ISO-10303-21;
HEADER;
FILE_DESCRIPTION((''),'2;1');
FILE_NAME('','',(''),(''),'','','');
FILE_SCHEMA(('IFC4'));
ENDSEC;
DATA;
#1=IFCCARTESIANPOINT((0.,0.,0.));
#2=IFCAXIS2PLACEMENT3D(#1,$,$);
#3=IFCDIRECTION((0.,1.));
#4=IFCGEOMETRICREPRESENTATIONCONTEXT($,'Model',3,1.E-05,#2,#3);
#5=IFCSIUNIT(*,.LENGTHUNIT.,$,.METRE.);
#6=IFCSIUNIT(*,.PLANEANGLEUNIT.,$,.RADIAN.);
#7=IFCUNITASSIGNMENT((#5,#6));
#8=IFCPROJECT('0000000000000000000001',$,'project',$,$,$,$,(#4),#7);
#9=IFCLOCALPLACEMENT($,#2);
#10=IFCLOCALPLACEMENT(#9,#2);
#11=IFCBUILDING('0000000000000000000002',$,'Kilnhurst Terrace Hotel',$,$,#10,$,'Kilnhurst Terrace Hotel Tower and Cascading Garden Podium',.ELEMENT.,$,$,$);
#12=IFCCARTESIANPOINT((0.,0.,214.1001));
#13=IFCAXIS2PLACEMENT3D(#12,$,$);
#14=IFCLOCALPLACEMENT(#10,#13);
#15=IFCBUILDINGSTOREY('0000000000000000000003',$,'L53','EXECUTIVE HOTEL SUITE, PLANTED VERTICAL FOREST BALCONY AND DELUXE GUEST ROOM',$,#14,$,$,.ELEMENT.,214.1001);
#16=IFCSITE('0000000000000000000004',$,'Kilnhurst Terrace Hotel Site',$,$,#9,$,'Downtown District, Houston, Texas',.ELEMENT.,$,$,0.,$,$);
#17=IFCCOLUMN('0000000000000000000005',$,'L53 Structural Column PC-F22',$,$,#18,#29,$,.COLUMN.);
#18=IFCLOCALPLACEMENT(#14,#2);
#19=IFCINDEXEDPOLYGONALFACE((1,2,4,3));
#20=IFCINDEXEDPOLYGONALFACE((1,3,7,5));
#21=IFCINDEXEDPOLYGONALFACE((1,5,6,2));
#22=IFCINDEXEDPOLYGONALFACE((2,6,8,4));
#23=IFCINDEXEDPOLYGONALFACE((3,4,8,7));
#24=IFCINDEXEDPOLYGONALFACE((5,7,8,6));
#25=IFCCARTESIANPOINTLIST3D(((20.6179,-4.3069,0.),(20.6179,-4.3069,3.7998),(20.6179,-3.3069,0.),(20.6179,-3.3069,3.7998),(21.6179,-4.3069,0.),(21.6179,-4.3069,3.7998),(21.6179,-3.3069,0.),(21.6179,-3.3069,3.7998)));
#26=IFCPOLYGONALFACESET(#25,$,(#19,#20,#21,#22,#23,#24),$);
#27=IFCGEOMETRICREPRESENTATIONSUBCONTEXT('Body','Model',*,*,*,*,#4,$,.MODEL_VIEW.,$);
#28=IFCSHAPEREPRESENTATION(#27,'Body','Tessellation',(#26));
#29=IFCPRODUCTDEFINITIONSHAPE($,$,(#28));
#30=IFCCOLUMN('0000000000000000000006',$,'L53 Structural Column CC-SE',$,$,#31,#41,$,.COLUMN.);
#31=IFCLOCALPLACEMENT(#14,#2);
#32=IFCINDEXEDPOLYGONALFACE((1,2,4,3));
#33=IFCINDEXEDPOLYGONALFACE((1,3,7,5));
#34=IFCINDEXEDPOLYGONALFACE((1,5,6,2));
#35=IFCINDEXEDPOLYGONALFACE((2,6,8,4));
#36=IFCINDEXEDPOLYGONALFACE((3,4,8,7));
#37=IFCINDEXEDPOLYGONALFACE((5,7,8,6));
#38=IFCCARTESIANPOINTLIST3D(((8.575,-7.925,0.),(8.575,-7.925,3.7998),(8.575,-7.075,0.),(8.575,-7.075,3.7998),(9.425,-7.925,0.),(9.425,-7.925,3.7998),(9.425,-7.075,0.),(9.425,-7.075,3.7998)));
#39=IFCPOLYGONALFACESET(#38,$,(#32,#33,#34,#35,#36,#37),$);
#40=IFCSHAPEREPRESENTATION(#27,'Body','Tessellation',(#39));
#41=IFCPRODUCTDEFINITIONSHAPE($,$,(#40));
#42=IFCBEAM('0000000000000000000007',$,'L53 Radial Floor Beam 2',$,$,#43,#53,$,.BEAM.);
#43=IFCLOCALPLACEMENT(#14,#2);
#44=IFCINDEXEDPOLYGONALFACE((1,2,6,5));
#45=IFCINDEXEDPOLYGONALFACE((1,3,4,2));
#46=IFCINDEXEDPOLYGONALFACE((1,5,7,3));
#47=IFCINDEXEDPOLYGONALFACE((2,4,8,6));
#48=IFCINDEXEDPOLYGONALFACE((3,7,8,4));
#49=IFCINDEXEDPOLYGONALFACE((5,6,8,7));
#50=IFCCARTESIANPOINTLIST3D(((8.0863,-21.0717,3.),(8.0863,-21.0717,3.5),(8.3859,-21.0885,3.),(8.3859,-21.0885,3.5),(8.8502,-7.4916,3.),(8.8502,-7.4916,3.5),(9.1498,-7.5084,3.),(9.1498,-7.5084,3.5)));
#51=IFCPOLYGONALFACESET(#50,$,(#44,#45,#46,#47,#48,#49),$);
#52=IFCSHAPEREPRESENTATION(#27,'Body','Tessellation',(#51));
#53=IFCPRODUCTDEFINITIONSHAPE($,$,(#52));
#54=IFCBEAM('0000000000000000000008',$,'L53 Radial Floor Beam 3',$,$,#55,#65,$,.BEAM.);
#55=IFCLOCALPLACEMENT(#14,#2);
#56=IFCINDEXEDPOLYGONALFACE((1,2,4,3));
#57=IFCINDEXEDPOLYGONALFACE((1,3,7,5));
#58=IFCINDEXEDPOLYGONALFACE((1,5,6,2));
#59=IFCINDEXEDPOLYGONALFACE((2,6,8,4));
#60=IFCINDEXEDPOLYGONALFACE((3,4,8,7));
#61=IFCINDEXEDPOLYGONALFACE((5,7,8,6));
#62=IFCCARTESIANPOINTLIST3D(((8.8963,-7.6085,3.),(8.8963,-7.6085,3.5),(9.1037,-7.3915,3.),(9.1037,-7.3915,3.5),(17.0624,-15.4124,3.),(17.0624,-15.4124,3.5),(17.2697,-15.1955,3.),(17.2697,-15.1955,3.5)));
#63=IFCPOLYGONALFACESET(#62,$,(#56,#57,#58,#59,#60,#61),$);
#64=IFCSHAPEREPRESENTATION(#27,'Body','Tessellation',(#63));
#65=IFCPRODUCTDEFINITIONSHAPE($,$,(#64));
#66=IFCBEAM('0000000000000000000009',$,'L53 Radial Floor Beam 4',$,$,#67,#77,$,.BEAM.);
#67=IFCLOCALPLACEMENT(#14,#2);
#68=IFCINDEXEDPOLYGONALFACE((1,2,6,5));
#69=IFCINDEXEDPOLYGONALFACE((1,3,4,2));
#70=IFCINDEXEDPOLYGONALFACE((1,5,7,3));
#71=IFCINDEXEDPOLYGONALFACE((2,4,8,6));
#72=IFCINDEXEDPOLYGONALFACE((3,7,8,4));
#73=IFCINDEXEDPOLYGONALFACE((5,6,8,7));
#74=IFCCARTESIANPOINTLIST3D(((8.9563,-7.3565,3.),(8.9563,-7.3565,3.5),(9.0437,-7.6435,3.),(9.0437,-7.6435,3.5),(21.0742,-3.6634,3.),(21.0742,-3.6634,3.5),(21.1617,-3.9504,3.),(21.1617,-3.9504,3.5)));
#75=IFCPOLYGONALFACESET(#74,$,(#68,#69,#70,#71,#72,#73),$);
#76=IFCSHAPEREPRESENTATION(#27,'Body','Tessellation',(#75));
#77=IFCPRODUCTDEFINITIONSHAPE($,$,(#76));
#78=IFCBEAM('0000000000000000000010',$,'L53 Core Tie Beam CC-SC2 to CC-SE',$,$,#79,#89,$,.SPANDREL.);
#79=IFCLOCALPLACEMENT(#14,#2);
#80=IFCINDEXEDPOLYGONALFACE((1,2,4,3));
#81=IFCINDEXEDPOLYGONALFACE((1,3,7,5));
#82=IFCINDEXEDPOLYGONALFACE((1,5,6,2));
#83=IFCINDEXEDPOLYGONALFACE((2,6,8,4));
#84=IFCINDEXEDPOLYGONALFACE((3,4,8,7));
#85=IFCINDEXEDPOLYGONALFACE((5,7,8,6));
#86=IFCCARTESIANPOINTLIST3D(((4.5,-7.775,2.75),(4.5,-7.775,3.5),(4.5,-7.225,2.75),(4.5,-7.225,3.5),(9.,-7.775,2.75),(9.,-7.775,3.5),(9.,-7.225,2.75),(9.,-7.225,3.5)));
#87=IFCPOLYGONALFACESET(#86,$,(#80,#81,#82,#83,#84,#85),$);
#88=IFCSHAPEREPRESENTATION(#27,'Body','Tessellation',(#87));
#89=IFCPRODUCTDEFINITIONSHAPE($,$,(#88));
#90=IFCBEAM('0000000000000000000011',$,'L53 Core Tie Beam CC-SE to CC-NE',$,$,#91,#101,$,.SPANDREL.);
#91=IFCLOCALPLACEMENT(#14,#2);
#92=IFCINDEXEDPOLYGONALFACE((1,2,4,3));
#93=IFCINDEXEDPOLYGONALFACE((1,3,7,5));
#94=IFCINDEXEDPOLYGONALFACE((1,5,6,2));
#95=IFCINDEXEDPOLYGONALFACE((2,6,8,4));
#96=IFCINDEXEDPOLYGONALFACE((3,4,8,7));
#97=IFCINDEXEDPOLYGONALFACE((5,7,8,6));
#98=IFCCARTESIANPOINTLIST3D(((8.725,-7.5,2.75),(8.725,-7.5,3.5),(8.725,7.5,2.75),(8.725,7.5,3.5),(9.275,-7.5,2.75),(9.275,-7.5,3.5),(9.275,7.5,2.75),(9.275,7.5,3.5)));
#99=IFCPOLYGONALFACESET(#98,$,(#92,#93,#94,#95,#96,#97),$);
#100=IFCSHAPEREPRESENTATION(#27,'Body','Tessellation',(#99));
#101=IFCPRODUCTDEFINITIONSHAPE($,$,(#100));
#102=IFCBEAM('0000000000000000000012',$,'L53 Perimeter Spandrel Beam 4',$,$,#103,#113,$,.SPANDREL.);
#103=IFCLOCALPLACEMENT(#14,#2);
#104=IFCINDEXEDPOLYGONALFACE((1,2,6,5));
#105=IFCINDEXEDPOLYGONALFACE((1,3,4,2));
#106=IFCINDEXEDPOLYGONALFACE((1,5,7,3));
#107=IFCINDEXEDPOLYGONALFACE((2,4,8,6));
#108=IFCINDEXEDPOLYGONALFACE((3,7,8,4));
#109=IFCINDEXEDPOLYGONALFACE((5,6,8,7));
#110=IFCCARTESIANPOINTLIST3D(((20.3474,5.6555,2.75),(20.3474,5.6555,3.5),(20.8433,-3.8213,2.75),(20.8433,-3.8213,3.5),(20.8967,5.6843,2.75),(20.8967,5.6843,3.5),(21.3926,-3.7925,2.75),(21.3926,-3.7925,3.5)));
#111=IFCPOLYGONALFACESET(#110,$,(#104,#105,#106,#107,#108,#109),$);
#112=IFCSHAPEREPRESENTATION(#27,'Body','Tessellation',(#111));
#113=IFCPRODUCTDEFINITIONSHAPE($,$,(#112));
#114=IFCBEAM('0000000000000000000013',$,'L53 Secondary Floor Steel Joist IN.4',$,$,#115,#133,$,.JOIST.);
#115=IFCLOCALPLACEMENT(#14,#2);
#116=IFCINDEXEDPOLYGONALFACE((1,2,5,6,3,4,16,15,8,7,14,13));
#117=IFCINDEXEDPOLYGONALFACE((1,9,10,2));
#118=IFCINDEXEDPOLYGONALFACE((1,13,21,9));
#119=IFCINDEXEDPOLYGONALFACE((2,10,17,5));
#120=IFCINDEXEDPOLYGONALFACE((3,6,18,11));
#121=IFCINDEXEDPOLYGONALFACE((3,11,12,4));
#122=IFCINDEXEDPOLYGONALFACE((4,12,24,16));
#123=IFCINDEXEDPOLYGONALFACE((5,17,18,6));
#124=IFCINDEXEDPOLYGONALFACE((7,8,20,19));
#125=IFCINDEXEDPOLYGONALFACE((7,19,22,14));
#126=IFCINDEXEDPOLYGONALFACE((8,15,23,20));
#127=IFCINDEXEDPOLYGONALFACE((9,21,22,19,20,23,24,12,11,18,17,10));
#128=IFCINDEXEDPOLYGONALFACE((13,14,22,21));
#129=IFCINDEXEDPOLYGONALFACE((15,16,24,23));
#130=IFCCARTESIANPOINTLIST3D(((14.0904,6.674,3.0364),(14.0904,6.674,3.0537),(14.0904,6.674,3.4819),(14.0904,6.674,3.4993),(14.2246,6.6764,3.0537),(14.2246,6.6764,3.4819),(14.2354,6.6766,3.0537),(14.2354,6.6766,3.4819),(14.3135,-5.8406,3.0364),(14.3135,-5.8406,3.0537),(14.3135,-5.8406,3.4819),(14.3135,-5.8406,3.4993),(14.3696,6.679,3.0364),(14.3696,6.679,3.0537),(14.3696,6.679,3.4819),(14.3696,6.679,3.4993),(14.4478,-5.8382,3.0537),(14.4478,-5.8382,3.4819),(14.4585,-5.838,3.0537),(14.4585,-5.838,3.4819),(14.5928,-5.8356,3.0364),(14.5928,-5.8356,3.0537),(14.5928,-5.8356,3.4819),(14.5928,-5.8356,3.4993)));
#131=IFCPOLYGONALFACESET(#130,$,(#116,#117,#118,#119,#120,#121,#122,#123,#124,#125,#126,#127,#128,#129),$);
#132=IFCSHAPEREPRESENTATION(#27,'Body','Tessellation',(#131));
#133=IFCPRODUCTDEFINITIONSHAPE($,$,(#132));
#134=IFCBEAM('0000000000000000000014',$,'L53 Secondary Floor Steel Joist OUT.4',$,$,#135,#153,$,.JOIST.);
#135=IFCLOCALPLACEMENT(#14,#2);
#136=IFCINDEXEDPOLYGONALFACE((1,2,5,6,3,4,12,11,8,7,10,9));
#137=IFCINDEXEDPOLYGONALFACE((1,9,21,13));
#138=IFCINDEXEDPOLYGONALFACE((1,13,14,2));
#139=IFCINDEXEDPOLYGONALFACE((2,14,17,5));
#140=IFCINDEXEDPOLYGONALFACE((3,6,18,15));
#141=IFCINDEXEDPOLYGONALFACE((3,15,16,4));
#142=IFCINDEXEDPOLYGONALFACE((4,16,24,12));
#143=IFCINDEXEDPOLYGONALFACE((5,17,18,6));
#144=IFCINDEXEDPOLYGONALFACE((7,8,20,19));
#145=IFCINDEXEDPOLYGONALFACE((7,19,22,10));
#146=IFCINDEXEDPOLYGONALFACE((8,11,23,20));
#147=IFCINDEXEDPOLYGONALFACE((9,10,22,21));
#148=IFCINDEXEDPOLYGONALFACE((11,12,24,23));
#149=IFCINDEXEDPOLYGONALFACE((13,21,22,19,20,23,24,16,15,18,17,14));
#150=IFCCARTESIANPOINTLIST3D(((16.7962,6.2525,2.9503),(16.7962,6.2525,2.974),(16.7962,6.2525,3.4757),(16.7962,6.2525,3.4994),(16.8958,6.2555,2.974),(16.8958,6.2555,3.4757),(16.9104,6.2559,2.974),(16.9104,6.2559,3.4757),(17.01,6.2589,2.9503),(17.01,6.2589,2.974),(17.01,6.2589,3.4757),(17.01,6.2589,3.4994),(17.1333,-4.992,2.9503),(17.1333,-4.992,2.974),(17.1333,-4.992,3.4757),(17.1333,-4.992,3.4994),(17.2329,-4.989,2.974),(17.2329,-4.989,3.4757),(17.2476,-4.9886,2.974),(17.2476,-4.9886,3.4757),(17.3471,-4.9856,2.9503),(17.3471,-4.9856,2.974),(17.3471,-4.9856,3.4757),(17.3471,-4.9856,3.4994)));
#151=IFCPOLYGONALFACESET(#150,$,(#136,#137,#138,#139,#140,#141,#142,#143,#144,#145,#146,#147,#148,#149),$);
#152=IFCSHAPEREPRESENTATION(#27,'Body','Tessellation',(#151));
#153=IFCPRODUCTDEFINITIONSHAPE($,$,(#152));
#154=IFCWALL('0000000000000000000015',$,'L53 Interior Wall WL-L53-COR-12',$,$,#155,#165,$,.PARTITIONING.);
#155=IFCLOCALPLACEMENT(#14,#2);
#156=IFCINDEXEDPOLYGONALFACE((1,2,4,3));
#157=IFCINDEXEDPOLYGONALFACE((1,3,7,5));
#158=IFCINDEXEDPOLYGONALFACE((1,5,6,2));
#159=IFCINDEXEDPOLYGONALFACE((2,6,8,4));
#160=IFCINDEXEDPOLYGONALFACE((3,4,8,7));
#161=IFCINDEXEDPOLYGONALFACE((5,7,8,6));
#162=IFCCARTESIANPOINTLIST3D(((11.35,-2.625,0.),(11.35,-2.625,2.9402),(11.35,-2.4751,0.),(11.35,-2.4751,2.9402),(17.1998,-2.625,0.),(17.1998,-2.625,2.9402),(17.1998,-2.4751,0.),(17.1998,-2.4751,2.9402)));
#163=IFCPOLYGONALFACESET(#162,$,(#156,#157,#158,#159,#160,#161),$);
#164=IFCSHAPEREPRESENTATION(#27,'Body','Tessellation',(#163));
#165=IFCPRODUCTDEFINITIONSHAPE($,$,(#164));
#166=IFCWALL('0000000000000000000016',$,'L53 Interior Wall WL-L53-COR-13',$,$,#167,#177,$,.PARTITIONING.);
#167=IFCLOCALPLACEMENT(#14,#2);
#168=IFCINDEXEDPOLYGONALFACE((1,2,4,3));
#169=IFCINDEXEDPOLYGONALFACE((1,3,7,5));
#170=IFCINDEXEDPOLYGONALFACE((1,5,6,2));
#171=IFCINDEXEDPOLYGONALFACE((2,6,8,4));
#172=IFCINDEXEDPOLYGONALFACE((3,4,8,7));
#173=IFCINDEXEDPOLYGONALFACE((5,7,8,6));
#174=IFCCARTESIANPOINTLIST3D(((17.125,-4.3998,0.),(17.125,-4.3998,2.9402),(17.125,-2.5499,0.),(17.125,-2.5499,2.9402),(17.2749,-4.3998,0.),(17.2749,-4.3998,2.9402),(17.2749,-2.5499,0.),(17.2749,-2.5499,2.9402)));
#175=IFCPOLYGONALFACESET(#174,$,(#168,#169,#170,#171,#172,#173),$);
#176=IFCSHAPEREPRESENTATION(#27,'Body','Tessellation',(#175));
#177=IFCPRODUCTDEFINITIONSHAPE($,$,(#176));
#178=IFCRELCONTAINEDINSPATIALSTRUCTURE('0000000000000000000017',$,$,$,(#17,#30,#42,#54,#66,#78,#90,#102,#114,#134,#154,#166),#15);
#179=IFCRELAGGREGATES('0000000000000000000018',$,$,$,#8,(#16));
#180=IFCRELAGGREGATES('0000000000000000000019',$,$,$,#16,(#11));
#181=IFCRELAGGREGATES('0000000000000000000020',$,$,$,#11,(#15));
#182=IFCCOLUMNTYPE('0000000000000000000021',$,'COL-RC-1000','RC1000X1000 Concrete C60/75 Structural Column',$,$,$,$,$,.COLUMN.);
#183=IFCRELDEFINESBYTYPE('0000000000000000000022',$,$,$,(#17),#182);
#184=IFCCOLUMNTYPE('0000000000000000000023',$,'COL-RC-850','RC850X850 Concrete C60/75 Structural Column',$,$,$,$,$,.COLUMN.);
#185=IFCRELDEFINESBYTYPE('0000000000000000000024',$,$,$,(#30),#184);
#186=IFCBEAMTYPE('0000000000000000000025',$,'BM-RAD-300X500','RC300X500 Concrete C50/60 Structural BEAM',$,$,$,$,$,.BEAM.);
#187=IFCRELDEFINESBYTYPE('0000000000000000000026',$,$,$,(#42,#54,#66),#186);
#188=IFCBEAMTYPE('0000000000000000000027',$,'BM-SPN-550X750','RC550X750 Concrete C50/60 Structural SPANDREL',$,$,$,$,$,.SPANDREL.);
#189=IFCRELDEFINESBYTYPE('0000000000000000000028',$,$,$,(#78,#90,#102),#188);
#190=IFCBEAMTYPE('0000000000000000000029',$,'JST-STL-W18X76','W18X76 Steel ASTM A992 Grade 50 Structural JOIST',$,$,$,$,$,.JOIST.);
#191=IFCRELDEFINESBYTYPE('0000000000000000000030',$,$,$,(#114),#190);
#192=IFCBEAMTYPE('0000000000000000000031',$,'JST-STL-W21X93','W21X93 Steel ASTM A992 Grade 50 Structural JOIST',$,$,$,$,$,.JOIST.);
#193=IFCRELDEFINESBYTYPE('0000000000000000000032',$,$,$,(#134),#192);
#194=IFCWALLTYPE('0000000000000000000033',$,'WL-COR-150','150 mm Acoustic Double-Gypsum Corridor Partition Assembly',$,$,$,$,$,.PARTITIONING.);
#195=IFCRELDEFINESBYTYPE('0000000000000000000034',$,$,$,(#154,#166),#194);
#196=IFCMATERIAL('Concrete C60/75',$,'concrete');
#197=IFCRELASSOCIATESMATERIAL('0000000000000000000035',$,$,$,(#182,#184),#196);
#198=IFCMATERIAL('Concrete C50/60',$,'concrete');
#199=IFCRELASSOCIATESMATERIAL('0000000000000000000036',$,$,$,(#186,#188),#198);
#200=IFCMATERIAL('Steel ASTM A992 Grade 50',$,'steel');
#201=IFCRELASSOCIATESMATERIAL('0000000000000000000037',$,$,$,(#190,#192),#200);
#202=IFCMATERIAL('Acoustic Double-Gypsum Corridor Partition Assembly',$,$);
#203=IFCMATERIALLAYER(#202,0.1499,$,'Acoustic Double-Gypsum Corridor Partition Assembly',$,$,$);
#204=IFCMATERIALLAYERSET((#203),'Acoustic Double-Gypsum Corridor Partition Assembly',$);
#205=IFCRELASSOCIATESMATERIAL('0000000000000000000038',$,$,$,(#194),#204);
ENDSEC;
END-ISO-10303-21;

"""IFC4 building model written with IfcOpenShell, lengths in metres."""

from ifc_helpers import new_model, si_unit, direction, frame, frame_2d, origin, origin_2d, place, context, subcontext, project, spatial, rectangle, i_section, extrude, material, layer, layer_set, material_profile, profile_set, type_object, element, save


model = new_model("IFC4")

# Units and contexts
model_context = context("Model", 3, precision=1e-05, world=origin(), true_north=direction((0.0, 1.0)))
body_context = subcontext(model_context, "Body", "Model", "MODEL_VIEW")
ifc_project = project(units=[si_unit("LENGTHUNIT", "METRE"), si_unit("PLANEANGLEUNIT", "RADIAN")], contexts=[model_context])

# Site, building, storey
site_placement = place(None, origin())
site = spatial("IfcSite", under=ifc_project, at=site_placement, Name="Kilnhurst Terrace Hotel Site", LongName="Downtown District, Houston, Texas", CompositionType="ELEMENT", RefElevation=0.0)
building_placement = place(site_placement, origin())
building = spatial("IfcBuilding", under=site, at=building_placement, Name="Kilnhurst Terrace Hotel", LongName="Kilnhurst Terrace Hotel Tower and Cascading Garden Podium", CompositionType="ELEMENT")
storey_placement = place(building_placement, frame((0.0, 0.0, 214.1001)))
storey = spatial("IfcBuildingStorey", under=building, at=storey_placement, Name="L53", Description="EXECUTIVE HOTEL SUITE, PLANTED VERTICAL FOREST BALCONY AND DELUXE GUEST ROOM", CompositionType="ELEMENT", Elevation=214.1001)

# Columns
ifc_material_1 = material(Name="Concrete C60/75", Category="concrete")
ifc_material_profile_1 = material_profile(ifc_material_1, rectangle(XDim=1.0, YDim=1.0, at=origin_2d()), Name="RC1000X1000")
ifc_profile_set_1 = profile_set([ifc_material_profile_1], Name="Concrete C60/75")
column_type_1 = type_object("IfcColumnType", Name="COL-RC-1000", Description="RC1000X1000 Concrete C60/75 Structural Column", PredefinedType="COLUMN", material=ifc_profile_set_1)
column_1_placement = place(storey_placement, frame((21.1179, -3.8069, 0.0), z_axis=(0.0, 0.0, 1.0), x_axis=(1.0, 0.0, 0.0)))
element("IfcColumn", 1, at=column_1_placement, inside=storey, type_object=column_type_1, Name="L53 Structural Column PC-F22", PredefinedType="COLUMN", context=body_context, shape_type="SweptSolid", body=[
    extrude(rectangle(XDim=1.0, YDim=1.0, at=origin_2d()), origin(), (0.0, 0.0, 1.0), 3.7998),
])
ifc_material_profile_2 = material_profile(ifc_material_1, rectangle(XDim=0.8501, YDim=0.8501, at=origin_2d()), Name="RC850X850")
ifc_profile_set_2 = profile_set([ifc_material_profile_2], Name="Concrete C60/75")
column_type_2 = type_object("IfcColumnType", Name="COL-RC-850", Description="RC850X850 Concrete C60/75 Structural Column", PredefinedType="COLUMN", material=ifc_profile_set_2)
column_2_placement = place(storey_placement, frame((9.0, -7.5, 0.0), z_axis=(0.0, 0.0, 1.0), x_axis=(1.0, 0.0, 0.0)))
element("IfcColumn", 2, at=column_2_placement, inside=storey, type_object=column_type_2, Name="L53 Structural Column CC-SE", PredefinedType="COLUMN", context=body_context, shape_type="SweptSolid", body=[
    extrude(rectangle(XDim=0.8501, YDim=0.8501, at=origin_2d()), origin(), (0.0, 0.0, 1.0), 3.7998),
])

# Beams
ifc_material_2 = material(Name="Concrete C50/60", Category="concrete")
ifc_material_profile_3 = material_profile(ifc_material_2, rectangle(XDim=0.3, YDim=0.5, at=origin_2d()), Name="RC300X500")
ifc_profile_set_3 = profile_set([ifc_material_profile_3], Name="Concrete C50/60")
beam_type_1 = type_object("IfcBeamType", Name="BM-RAD-300X500", Description="RC300X500 Concrete C50/60 Structural BEAM", PredefinedType="BEAM", material=ifc_profile_set_3)
beam_1_placement = place(storey_placement, frame((9.0, -7.5, 3.25), z_axis=(-0.056164, -0.998422, 0.0), x_axis=(0.998422, -0.056164, 0.0)))
element("IfcBeam", 3, at=beam_1_placement, inside=storey, type_object=beam_type_1, Name="L53 Radial Floor Beam 2", PredefinedType="BEAM", context=body_context, shape_type="SweptSolid", body=[
    extrude(rectangle(XDim=0.3, YDim=0.5, at=origin_2d()), origin(), (0.0, 0.0, 1.0), 13.6016),
])
beam_2_placement = place(storey_placement, frame((9.0, -7.5, 3.25), z_axis=(0.722952, -0.690898, 0.0), x_axis=(0.690898, 0.722952, 0.0)))
element("IfcBeam", 4, at=beam_2_placement, inside=storey, type_object=beam_type_1, Name="L53 Radial Floor Beam 3", PredefinedType="BEAM", context=body_context, shape_type="SweptSolid", body=[
    extrude(rectangle(XDim=0.3, YDim=0.5, at=origin_2d()), origin(), (0.0, 0.0, 1.0), 11.2954),
])
beam_3_placement = place(storey_placement, frame((9.0, -7.5, 3.25), z_axis=(0.956563, 0.291527, 0.0), x_axis=(-0.291527, 0.956563, 0.0)))
element("IfcBeam", 5, at=beam_3_placement, inside=storey, type_object=beam_type_1, Name="L53 Radial Floor Beam 4", PredefinedType="BEAM", context=body_context, shape_type="SweptSolid", body=[
    extrude(rectangle(XDim=0.3, YDim=0.5, at=origin_2d()), origin(), (0.0, 0.0, 1.0), 12.6682),
])
ifc_material_profile_4 = material_profile(ifc_material_2, rectangle(XDim=0.55, YDim=0.75, at=origin_2d()), Name="RC550X750")
ifc_profile_set_4 = profile_set([ifc_material_profile_4], Name="Concrete C50/60")
beam_type_2 = type_object("IfcBeamType", Name="BM-SPN-550X750", Description="RC550X750 Concrete C50/60 Structural SPANDREL", PredefinedType="SPANDREL", material=ifc_profile_set_4)
beam_4_placement = place(storey_placement, frame((4.5, -7.5, 3.125), z_axis=(1.0, 0.0, 0.0), x_axis=(0.0, 1.0, 0.0)))
element("IfcBeam", 6, at=beam_4_placement, inside=storey, type_object=beam_type_2, Name="L53 Core Tie Beam CC-SC2 to CC-SE", PredefinedType="SPANDREL", context=body_context, shape_type="SweptSolid", body=[
    extrude(rectangle(XDim=0.55, YDim=0.75, at=origin_2d()), origin(), (0.0, 0.0, 1.0), 4.5),
])
beam_5_placement = place(storey_placement, frame((9.0, -7.5, 3.125), z_axis=(0.0, 1.0, 0.0), x_axis=(-1.0, 0.0, 0.0)))
element("IfcBeam", 7, at=beam_5_placement, inside=storey, type_object=beam_type_2, Name="L53 Core Tie Beam CC-SE to CC-NE", PredefinedType="SPANDREL", context=body_context, shape_type="SweptSolid", body=[
    extrude(rectangle(XDim=0.55, YDim=0.75, at=origin_2d()), origin(), (0.0, 0.0, 1.0), 15.0),
])
beam_6_placement = place(storey_placement, frame((21.1179, -3.8069, 3.125), z_axis=(-0.052251, 0.998634, 0.0), x_axis=(-0.998634, -0.052251, 0.0)))
element("IfcBeam", 8, at=beam_6_placement, inside=storey, type_object=beam_type_2, Name="L53 Perimeter Spandrel Beam 4", PredefinedType="SPANDREL", context=body_context, shape_type="SweptSolid", body=[
    extrude(rectangle(XDim=0.55, YDim=0.75, at=origin_2d()), origin(), (0.0, 0.0, 1.0), 9.4897),
])
ifc_material_3 = material(Name="Steel ASTM A992 Grade 50", Category="steel")
ifc_material_profile_5 = material_profile(ifc_material_3, i_section(OverallWidth=0.2793, OverallDepth=0.4629, WebThickness=0.0107, FlangeThickness=0.0173, at=origin_2d()), Name="W18X76")
ifc_profile_set_5 = profile_set([ifc_material_profile_5], Name="Steel ASTM A992 Grade 50")
beam_type_3 = type_object("IfcBeamType", Name="JST-STL-W18X76", Description="W18X76 Steel ASTM A992 Grade 50 Structural JOIST", PredefinedType="JOIST", material=ifc_profile_set_5)
beam_7_placement = place(storey_placement, frame((14.4531, -5.8381, 3.2678), z_axis=(-0.017828, 0.999841, 0.0), x_axis=(-0.999841, -0.017828, 0.0)))
element("IfcBeam", 9, at=beam_7_placement, inside=storey, type_object=beam_type_3, Name="L53 Secondary Floor Steel Joist IN.4", PredefinedType="JOIST", context=body_context, shape_type="SweptSolid", body=[
    extrude(i_section(OverallWidth=0.2793, OverallDepth=0.4629, WebThickness=0.0107, FlangeThickness=0.0173, at=origin_2d()), origin(), (0.0, 0.0, 1.0), 12.5166),
])
ifc_material_profile_6 = material_profile(ifc_material_3, i_section(OverallWidth=0.2139, OverallDepth=0.5491, WebThickness=0.0146, FlangeThickness=0.0237, at=origin_2d()), Name="W21X93")
ifc_profile_set_6 = profile_set([ifc_material_profile_6], Name="Steel ASTM A992 Grade 50")
beam_type_4 = type_object("IfcBeamType", Name="JST-STL-W21X93", Description="W21X93 Steel ASTM A992 Grade 50 Structural JOIST", PredefinedType="JOIST", material=ifc_profile_set_6)
beam_8_placement = place(storey_placement, frame((17.2402, -4.9888, 3.2249), z_axis=(-0.029971, 0.999551, 0.0), x_axis=(-0.999551, -0.029971, 0.0)))
element("IfcBeam", 10, at=beam_8_placement, inside=storey, type_object=beam_type_4, Name="L53 Secondary Floor Steel Joist OUT.4", PredefinedType="JOIST", context=body_context, shape_type="SweptSolid", body=[
    extrude(i_section(OverallWidth=0.2139, OverallDepth=0.5491, WebThickness=0.0146, FlangeThickness=0.0237, at=origin_2d()), origin(), (0.0, 0.0, 1.0), 11.2495),
])

# Walls
ifc_material_4 = material(Name="Acoustic Double-Gypsum Corridor Partition Assembly")
ifc_layer_1 = layer(ifc_material_4, 0.1499, Name="Acoustic Double-Gypsum Corridor Partition Assembly")
ifc_layer_set_1 = layer_set([ifc_layer_1], Name="Acoustic Double-Gypsum Corridor Partition Assembly")
wall_type_1 = type_object("IfcWallType", Name="WL-COR-150", Description="150 mm Acoustic Double-Gypsum Corridor Partition Assembly", PredefinedType="PARTITIONING", material=ifc_layer_set_1)
wall_1_placement = place(storey_placement, frame((11.3501, -2.55, 0.0), z_axis=(0.0, 0.0, 1.0), x_axis=(1.0, 0.0, 0.0)))
element("IfcWall", 11, at=wall_1_placement, inside=storey, type_object=wall_type_1, Name="L53 Interior Wall WL-L53-COR-12", PredefinedType="PARTITIONING", context=body_context, shape_type="SweptSolid", body=[
    extrude(rectangle(XDim=5.8499, YDim=0.1499, at=frame_2d((2.9248, 0.0))), origin(), (0.0, 0.0, 1.0), 2.9402),
])
wall_2_placement = place(storey_placement, frame((17.2, -2.55, 0.0), z_axis=(0.0, 0.0, 1.0), x_axis=(0.0, -1.0, 0.0)))
element("IfcWall", 12, at=wall_2_placement, inside=storey, type_object=wall_type_1, Name="L53 Interior Wall WL-L53-COR-13", PredefinedType="PARTITIONING", context=body_context, shape_type="SweptSolid", body=[
    extrude(rectangle(XDim=1.8499, YDim=0.1499, at=frame_2d((0.9248, 0.0))), origin(), (0.0, 0.0, 1.0), 2.9402),
])

save(model, "model.ifc")
